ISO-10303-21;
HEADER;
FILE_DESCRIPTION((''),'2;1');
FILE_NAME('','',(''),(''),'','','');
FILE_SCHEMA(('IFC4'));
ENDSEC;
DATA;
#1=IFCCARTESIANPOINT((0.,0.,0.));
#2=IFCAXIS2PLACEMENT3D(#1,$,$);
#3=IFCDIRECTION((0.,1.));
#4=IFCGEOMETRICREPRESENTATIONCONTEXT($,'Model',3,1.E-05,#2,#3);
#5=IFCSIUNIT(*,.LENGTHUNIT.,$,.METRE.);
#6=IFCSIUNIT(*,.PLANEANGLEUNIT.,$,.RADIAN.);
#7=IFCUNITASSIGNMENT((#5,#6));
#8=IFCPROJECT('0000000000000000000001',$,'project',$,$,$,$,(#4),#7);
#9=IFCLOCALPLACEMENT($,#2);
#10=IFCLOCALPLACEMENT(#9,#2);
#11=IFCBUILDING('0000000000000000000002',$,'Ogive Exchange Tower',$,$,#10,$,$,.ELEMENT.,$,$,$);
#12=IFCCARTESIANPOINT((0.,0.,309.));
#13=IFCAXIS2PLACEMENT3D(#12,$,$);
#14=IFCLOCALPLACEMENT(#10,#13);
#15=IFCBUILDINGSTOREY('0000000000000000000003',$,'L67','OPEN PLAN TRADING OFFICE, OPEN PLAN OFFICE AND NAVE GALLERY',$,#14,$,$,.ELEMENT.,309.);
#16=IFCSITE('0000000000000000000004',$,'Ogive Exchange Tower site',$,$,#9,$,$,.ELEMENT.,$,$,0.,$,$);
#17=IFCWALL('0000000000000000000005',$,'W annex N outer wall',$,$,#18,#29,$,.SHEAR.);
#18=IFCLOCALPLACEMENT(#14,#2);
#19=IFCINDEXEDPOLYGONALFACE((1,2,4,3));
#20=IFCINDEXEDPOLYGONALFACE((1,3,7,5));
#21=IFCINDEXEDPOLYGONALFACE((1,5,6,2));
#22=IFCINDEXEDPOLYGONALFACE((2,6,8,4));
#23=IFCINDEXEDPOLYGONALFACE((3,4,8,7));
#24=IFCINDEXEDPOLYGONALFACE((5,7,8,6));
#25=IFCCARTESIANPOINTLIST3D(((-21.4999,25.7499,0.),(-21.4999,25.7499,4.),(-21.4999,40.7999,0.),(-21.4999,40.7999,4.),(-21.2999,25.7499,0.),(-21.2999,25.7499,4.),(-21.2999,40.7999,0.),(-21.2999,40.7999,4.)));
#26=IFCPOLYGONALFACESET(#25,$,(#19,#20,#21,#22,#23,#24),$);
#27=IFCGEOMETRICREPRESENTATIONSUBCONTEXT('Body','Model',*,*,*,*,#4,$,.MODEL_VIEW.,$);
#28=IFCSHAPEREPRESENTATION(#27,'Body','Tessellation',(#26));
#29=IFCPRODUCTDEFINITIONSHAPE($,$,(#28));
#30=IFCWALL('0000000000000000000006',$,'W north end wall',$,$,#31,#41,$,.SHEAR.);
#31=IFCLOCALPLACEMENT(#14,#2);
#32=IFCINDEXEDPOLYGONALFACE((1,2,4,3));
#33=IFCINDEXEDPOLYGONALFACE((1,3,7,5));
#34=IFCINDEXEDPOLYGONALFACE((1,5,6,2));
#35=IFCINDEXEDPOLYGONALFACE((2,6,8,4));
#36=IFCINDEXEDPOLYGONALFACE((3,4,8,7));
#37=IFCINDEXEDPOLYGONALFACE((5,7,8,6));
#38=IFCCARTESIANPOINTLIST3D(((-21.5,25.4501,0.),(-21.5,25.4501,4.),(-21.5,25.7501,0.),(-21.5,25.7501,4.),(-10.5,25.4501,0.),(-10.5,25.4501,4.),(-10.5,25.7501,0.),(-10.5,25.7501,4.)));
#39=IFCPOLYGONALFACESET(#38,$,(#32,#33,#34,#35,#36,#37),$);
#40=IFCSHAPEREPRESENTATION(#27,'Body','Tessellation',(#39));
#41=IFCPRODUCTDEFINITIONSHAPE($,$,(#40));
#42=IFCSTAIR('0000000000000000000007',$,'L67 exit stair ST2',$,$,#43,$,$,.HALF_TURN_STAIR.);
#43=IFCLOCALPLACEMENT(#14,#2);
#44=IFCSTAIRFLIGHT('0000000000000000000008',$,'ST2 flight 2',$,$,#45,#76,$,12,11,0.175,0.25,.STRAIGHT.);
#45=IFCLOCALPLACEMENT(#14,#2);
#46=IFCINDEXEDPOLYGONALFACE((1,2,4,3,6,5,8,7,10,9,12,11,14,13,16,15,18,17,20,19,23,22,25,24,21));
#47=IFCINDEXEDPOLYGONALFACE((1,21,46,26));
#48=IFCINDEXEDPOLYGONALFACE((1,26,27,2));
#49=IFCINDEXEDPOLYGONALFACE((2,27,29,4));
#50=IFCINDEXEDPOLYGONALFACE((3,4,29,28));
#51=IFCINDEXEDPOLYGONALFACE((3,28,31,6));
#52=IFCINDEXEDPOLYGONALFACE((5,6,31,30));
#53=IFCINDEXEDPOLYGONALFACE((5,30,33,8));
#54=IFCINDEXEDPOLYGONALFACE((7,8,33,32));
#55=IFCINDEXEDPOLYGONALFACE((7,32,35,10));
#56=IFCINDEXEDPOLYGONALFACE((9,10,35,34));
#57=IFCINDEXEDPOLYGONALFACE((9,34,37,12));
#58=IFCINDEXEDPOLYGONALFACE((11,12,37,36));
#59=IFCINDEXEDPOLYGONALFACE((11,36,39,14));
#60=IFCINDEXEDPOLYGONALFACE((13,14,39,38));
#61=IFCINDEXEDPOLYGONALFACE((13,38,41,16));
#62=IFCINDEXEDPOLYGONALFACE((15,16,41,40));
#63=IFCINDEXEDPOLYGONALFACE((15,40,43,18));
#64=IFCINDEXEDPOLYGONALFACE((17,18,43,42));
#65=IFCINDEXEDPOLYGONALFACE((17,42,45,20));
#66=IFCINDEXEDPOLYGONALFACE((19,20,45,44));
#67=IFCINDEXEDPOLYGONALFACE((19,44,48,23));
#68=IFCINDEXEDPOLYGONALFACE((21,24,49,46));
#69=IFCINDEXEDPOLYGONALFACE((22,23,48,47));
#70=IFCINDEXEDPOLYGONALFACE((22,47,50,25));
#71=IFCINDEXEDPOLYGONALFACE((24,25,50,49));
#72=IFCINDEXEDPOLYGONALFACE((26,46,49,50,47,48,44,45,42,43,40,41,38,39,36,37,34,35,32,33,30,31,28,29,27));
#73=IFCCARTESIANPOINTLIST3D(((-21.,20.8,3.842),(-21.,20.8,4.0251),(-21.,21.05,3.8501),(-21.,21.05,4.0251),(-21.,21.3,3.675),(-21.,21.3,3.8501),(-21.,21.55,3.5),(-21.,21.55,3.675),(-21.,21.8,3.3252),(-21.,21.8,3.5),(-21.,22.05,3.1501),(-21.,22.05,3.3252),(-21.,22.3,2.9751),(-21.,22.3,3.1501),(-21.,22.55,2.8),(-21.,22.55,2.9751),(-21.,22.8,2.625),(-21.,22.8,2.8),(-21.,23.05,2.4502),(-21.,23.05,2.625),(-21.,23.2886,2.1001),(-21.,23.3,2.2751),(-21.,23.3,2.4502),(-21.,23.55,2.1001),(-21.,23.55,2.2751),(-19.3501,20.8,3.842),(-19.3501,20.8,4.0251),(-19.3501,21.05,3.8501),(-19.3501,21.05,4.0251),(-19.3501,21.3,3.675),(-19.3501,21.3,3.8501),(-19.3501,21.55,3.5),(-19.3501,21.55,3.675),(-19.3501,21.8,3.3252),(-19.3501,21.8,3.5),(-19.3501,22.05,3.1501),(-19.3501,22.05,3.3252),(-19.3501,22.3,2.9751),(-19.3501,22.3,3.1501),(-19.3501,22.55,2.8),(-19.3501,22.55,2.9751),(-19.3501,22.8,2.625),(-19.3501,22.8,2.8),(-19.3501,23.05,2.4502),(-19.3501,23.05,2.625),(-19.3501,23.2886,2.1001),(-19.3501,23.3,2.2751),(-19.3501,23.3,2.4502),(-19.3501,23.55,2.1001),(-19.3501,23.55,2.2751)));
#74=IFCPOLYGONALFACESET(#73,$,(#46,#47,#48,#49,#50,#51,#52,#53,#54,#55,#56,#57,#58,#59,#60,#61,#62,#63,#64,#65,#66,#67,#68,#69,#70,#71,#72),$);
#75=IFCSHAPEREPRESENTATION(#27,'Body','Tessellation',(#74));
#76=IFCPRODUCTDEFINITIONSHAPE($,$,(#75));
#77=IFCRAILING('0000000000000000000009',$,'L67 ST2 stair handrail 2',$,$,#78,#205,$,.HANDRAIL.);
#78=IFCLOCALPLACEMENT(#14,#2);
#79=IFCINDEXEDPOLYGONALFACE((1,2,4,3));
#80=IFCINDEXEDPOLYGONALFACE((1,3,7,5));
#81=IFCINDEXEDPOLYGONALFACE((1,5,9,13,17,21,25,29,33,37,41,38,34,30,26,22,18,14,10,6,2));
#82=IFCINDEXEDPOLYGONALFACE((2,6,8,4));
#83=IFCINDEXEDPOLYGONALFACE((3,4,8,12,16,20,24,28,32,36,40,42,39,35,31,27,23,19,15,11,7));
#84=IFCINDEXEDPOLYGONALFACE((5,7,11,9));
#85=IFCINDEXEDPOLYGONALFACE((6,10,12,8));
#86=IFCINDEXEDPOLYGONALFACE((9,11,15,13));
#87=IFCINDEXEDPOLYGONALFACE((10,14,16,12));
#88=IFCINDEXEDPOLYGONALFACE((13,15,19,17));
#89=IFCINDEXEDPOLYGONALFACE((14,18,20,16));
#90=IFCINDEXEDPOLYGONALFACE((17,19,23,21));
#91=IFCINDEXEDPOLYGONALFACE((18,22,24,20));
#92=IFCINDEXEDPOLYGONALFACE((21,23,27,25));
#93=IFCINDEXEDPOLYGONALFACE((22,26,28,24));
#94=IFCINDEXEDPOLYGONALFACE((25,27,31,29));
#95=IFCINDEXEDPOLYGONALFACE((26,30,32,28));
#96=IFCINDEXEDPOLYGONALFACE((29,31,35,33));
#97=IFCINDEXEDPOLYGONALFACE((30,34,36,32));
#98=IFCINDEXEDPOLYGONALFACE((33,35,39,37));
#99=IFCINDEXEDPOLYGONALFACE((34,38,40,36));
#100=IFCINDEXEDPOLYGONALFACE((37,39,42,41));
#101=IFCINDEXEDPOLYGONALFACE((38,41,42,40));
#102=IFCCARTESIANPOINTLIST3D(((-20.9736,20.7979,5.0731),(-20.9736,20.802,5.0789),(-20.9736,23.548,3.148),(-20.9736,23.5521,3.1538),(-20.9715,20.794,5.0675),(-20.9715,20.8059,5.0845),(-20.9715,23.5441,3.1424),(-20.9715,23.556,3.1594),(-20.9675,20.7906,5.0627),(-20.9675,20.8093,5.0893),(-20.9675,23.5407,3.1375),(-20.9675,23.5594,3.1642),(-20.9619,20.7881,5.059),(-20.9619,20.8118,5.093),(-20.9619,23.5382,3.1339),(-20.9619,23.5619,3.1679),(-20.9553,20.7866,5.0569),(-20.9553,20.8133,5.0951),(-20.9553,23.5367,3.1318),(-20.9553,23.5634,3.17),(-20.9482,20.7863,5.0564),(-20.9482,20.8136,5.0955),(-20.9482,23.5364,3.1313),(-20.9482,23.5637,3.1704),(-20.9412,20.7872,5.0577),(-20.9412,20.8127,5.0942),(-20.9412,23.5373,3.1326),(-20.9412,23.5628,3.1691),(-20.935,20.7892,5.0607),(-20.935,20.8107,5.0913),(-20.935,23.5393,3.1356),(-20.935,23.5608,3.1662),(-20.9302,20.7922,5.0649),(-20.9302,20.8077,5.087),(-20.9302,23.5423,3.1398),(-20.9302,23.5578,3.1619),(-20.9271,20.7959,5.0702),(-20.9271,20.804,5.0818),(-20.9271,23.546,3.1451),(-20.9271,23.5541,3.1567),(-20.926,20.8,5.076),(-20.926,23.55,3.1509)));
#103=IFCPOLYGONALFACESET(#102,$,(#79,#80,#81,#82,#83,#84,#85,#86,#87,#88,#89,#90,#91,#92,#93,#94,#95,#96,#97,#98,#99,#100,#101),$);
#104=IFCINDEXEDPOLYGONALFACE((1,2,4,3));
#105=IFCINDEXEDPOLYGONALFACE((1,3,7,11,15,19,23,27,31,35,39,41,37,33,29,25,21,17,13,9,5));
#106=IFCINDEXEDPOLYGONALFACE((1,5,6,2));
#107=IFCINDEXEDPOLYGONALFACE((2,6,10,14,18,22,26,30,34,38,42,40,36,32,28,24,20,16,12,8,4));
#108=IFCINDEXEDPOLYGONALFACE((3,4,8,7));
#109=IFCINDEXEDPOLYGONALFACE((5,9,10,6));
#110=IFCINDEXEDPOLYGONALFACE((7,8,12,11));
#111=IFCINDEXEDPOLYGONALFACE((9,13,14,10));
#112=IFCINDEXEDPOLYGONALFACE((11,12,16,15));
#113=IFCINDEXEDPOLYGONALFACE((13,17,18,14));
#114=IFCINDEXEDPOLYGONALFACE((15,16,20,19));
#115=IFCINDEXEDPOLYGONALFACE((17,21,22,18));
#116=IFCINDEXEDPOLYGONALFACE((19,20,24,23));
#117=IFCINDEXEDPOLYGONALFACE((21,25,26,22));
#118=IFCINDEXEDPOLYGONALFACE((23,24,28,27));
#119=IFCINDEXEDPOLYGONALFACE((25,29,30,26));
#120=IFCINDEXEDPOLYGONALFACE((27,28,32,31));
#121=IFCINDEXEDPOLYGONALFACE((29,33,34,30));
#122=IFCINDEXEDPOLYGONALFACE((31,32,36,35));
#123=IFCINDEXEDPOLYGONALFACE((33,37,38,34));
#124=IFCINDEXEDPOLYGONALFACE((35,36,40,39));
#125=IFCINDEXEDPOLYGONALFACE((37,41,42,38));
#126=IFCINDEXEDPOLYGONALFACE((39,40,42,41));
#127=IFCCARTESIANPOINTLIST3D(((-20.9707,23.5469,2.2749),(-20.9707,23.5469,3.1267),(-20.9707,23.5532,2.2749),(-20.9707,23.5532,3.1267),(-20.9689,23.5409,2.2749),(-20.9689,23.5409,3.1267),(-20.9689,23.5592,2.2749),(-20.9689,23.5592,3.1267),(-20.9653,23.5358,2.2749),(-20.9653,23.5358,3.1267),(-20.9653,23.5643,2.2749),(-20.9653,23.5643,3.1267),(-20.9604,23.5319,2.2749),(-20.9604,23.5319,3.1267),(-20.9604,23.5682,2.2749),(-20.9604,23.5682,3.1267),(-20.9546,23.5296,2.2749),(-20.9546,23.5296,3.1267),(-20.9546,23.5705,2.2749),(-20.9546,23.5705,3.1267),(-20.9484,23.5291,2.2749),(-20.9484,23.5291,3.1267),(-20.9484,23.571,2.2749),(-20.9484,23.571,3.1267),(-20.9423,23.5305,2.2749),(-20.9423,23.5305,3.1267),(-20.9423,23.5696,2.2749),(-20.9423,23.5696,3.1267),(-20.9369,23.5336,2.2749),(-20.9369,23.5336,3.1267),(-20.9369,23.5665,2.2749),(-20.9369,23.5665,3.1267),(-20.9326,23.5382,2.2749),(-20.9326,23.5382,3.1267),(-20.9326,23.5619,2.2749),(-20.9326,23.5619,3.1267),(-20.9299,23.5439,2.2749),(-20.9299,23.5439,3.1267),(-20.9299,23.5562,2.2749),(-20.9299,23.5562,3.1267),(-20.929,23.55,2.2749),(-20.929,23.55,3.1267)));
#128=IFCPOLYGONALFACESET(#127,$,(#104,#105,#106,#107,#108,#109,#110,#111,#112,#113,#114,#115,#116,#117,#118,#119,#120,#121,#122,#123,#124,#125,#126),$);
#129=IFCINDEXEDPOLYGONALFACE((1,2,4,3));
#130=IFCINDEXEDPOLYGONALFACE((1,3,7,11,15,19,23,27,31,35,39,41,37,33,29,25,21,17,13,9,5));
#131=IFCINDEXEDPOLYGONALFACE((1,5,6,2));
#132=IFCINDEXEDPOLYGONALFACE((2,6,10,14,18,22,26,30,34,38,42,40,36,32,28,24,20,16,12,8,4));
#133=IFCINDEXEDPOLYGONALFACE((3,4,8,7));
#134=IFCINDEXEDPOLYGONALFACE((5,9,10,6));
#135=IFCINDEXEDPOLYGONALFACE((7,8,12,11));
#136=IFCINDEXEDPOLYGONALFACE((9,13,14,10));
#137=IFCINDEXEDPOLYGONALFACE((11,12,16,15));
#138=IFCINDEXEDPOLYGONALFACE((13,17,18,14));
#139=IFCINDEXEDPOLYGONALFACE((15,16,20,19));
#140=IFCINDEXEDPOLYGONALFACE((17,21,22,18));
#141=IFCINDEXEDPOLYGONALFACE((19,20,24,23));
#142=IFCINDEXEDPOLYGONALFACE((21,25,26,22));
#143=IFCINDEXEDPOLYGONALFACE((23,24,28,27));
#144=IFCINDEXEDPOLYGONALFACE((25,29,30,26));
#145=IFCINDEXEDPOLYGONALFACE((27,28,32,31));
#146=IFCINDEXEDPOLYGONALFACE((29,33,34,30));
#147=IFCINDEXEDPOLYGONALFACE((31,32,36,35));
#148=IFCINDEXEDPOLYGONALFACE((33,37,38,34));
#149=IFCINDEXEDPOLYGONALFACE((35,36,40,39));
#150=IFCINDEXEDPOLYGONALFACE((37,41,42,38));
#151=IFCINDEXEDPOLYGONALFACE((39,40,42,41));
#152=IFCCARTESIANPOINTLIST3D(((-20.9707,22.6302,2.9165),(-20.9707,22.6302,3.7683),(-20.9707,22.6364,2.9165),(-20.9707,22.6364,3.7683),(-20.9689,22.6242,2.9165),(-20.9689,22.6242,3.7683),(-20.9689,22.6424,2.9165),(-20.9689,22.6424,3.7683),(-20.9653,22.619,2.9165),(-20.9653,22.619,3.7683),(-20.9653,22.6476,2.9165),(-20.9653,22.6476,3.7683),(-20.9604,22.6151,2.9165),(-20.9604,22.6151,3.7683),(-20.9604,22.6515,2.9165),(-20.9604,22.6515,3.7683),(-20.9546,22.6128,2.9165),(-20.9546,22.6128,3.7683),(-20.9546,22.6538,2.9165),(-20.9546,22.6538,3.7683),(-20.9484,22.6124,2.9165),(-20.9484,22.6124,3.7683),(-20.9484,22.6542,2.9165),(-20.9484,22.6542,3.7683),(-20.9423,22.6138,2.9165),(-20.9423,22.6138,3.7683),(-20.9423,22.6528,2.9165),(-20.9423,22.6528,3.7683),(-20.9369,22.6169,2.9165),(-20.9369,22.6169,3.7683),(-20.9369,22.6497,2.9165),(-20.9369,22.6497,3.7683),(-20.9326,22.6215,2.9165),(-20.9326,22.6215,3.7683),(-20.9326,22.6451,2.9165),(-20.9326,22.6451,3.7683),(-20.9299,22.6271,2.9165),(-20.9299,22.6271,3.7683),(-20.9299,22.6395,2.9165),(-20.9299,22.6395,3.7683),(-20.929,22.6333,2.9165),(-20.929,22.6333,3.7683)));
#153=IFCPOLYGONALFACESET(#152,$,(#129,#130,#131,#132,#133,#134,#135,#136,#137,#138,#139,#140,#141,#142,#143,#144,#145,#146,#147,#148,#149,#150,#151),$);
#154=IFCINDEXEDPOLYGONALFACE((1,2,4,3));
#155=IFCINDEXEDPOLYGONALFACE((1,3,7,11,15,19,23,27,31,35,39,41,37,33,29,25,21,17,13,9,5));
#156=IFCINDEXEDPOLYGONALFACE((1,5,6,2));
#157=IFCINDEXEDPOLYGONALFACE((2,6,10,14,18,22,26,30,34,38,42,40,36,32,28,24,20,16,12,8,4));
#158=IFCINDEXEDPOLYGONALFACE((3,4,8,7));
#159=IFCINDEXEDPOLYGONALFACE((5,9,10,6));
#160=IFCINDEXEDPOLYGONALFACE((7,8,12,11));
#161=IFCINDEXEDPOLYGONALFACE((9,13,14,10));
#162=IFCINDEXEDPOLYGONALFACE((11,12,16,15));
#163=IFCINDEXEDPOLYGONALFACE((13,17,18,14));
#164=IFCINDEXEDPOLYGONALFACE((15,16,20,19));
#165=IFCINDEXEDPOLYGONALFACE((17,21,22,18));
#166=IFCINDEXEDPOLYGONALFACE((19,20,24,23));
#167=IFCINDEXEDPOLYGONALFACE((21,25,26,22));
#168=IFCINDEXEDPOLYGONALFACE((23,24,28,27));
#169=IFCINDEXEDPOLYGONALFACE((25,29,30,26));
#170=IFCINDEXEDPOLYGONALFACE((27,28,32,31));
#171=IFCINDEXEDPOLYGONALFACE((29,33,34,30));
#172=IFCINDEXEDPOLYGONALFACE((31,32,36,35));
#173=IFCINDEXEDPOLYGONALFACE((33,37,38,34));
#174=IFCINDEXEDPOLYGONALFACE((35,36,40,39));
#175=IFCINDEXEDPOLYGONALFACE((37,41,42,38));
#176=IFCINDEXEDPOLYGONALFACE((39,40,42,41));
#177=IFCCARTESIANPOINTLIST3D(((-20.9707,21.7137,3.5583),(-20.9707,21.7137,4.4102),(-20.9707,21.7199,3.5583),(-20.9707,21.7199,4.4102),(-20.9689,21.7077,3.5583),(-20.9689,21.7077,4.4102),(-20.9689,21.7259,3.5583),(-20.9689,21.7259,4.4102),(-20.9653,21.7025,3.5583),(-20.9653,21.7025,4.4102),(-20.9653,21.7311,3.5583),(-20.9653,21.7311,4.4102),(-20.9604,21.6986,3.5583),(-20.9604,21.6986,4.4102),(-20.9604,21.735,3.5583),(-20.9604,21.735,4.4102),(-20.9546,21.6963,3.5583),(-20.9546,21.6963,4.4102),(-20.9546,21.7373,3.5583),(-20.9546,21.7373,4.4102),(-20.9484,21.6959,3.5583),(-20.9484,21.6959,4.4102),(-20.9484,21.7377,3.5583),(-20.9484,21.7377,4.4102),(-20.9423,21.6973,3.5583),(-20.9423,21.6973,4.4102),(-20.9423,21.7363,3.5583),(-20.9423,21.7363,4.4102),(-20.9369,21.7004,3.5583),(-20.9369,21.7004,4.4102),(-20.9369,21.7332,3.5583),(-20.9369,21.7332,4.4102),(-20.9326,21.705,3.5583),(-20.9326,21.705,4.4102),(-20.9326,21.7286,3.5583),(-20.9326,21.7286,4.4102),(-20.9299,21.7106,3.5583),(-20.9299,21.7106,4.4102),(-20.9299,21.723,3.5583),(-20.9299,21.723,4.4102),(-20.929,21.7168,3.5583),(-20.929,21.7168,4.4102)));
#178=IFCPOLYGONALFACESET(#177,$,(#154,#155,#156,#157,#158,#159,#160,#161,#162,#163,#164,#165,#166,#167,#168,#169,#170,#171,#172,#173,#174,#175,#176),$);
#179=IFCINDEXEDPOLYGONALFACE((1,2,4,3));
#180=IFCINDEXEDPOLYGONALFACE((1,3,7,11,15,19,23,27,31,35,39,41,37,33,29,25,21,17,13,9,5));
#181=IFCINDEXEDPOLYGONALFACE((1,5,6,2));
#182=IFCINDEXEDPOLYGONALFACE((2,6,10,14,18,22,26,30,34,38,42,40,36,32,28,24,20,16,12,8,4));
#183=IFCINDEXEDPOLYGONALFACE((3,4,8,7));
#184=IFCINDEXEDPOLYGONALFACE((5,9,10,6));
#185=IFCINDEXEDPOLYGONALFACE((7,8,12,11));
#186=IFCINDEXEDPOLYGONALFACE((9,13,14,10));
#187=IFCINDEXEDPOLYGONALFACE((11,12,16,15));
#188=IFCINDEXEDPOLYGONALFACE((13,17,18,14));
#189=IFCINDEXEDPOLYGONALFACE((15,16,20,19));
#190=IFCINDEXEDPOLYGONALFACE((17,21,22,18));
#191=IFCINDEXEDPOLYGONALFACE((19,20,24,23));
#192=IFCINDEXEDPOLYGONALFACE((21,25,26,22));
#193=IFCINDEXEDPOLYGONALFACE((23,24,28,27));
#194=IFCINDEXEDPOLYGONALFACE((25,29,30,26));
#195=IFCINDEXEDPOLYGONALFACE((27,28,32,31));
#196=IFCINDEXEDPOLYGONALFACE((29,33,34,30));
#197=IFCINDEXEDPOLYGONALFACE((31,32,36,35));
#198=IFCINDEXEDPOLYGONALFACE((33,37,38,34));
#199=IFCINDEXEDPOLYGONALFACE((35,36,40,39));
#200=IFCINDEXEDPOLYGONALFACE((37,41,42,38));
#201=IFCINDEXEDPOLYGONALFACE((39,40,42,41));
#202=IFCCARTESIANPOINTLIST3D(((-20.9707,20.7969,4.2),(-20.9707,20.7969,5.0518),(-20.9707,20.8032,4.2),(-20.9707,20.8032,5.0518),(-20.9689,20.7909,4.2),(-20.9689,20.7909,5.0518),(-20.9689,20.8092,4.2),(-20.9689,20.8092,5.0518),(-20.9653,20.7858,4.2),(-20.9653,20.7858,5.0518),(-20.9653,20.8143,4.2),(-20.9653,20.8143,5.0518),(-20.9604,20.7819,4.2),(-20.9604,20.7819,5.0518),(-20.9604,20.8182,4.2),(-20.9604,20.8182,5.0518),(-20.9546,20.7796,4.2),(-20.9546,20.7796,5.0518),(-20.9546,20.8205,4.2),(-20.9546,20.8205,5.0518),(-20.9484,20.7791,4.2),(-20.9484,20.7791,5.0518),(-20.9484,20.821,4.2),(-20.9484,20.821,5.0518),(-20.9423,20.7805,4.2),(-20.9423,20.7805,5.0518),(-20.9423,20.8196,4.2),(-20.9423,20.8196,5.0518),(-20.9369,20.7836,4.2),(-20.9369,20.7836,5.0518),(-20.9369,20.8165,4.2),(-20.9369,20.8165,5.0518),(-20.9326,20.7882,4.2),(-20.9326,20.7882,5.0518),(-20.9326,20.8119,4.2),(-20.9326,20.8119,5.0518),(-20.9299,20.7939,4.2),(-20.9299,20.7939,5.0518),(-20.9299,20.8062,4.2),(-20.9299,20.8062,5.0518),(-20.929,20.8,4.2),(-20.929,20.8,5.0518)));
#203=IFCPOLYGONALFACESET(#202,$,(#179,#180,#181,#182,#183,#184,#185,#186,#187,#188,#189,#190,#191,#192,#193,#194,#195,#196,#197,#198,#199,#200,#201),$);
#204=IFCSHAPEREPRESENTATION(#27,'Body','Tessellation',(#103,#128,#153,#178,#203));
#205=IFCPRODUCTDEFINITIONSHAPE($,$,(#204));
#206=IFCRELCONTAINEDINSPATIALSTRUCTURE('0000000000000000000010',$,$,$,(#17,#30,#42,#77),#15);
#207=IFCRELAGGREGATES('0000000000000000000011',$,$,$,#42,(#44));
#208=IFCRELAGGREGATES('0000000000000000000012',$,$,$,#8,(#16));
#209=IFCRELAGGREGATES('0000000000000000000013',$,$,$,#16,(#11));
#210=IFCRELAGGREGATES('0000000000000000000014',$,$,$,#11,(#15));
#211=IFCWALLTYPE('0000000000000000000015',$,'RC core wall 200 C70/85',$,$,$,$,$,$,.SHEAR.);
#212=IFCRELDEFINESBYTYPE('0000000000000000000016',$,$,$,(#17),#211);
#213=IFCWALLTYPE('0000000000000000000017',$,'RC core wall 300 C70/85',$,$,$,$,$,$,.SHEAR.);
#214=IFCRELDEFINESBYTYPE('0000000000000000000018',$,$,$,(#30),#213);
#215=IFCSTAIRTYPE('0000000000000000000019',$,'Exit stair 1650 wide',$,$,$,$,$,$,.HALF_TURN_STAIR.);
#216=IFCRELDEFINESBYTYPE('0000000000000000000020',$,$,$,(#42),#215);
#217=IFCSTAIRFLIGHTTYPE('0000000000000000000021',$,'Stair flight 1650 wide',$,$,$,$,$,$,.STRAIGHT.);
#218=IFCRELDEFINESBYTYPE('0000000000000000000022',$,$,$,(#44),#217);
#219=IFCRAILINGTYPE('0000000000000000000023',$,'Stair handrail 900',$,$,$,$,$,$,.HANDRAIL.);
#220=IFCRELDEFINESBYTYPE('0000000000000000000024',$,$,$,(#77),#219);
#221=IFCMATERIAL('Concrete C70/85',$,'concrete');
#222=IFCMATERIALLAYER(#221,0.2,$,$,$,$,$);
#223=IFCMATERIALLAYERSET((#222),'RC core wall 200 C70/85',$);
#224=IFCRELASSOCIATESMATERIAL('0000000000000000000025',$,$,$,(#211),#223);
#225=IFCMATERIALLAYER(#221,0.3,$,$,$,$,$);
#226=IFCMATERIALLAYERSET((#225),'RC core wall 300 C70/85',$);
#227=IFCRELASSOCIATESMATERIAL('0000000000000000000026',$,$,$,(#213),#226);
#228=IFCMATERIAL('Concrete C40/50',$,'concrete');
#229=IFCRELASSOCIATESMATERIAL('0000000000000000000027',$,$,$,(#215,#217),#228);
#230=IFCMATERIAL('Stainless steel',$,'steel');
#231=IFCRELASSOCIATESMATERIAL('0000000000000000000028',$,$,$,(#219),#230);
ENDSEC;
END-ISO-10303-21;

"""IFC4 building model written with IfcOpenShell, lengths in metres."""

from ifc_helpers import new_model, si_unit, direction, frame, frame_2d, origin, origin_2d, place, context, subcontext, project, spatial, polyline, rectangle, circle, outline, extrude, material, layer, layer_set, type_object, element, aggregate, save


model = new_model("IFC4")

# Units and contexts
model_context = context("Model", 3, precision=1e-05, world=origin(), true_north=direction((0.0, 1.0)))
body_context = subcontext(model_context, "Body", "Model", "MODEL_VIEW")
ifc_project = project(units=[si_unit("LENGTHUNIT", "METRE"), si_unit("PLANEANGLEUNIT", "RADIAN")], contexts=[model_context])

# Site, building, storey
site_placement = place(None, origin())
site = spatial("IfcSite", under=ifc_project, at=site_placement, Name="Ogive Exchange Tower site", CompositionType="ELEMENT", RefElevation=0.0)
building_placement = place(site_placement, origin())
building = spatial("IfcBuilding", under=site, at=building_placement, Name="Ogive Exchange Tower", CompositionType="ELEMENT")
storey_placement = place(building_placement, frame((0.0, 0.0, 309.0)))
storey = spatial("IfcBuildingStorey", under=building, at=storey_placement, Name="L67", Description="OPEN PLAN TRADING OFFICE, OPEN PLAN OFFICE AND NAVE GALLERY", CompositionType="ELEMENT", Elevation=309.0)

# Walls
ifc_material_1 = material(Name="Concrete C70/85", Category="concrete")
ifc_layer_1 = layer(ifc_material_1, 0.2)
ifc_layer_set_1 = layer_set([ifc_layer_1], Name="RC core wall 200 C70/85")
wall_type_1 = type_object("IfcWallType", Name="RC core wall 200 C70/85", PredefinedType="SHEAR", material=ifc_layer_set_1)
wall_1_placement = place(storey_placement, frame((-21.3999, 25.75, 0.0), z_axis=(0.0, 0.0, 1.0), x_axis=(0.0, 1.0, 0.0)))
element("IfcWall", 1, at=wall_1_placement, inside=storey, type_object=wall_type_1, Name="W annex N outer wall", PredefinedType="SHEAR", context=body_context, shape_type="SweptSolid", body=[
    extrude(rectangle(XDim=15.05, YDim=0.2, at=frame_2d((7.5249, 0.0))), origin(), (0.0, 0.0, 1.0), 4.0),
])
ifc_layer_2 = layer(ifc_material_1, 0.3)
ifc_layer_set_2 = layer_set([ifc_layer_2], Name="RC core wall 300 C70/85")
wall_type_2 = type_object("IfcWallType", Name="RC core wall 300 C70/85", PredefinedType="SHEAR", material=ifc_layer_set_2)
wall_2_placement = place(storey_placement, frame((-21.5, 25.6001, 0.0), z_axis=(0.0, 0.0, 1.0), x_axis=(1.0, 0.0, 0.0)))
element("IfcWall", 2, at=wall_2_placement, inside=storey, type_object=wall_type_2, Name="W north end wall", PredefinedType="SHEAR", context=body_context, shape_type="SweptSolid", body=[
    extrude(rectangle(XDim=11.0, YDim=0.3, at=frame_2d((5.5, 0.0))), origin(), (0.0, 0.0, 1.0), 4.0),
])

# Stair, stair flight
ifc_material_2 = material(Name="Concrete C40/50", Category="concrete")
stair_type = type_object("IfcStairType", Name="Exit stair 1650 wide", PredefinedType="HALF_TURN_STAIR", material=ifc_material_2)
stair_placement = place(storey_placement, origin())
stair = element("IfcStair", 3, at=stair_placement, inside=storey, type_object=stair_type, Name="L67 exit stair ST2", PredefinedType="HALF_TURN_STAIR")
stair_flight_type = type_object("IfcStairFlightType", Name="Stair flight 1650 wide", PredefinedType="STRAIGHT", material=ifc_material_2)
stair_flight_placement = place(storey_placement, frame((-20.175, 23.55, 2.1001), z_axis=(0.0, 0.0, 1.0), x_axis=(0.0, -1.0, 0.0)))
stair_flight = element("IfcStairFlight", 4, at=stair_flight_placement, type_object=stair_flight_type, Name="ST2 flight 2", NumberOfRisers=12, NumberOfTreads=11, PredefinedType="STRAIGHT", RiserHeight=0.175, TreadLength=0.25, context=body_context, shape_type="SweptSolid", body=[
    extrude(outline(polyline([(0.0, 0.0), (0.0, 0.175), (0.25, 0.175), (0.25, 0.3501), (0.5, 0.3501), (0.5, 0.5249), (0.75, 0.5249), (0.75, 0.7), (1.0, 0.7), (1.0, 0.875), (1.25, 0.875), (1.25, 1.05), (1.5, 1.05), (1.5, 1.2251), (1.75, 1.2251), (1.75, 1.3999), (2.0, 1.3999), (2.0, 1.575), (2.25, 1.575), (2.25, 1.75), (2.5, 1.75), (2.5, 1.925), (2.75, 1.925), (2.75, 2.1001), (2.75, 1.7419), (0.2615, 0.0), (0.0, 0.0)])), frame((0.0, 0.825, 0.0), z_axis=(0.0, -1.0, 0.0), x_axis=(1.0, 0.0, 0.0)), (0.0, 0.0, 1.0), 1.6499),
])
aggregate(stair, [stair_flight])

# Railing
ifc_material_3 = material(Name="Stainless steel", Category="steel")
railing_type = type_object("IfcRailingType", Name="Stair handrail 900", PredefinedType="HANDRAIL", material=ifc_material_3)
railing_placement = place(storey_placement, frame((-20.95, 23.55, 2.2749)))
element("IfcRailing", 5, at=railing_placement, inside=storey, type_object=railing_type, Name="L67 ST2 stair handrail 2", PredefinedType="HANDRAIL", context=body_context, shape_type="SweptSolid", body=[
    extrude(circle(Radius=0.0239, at=origin_2d()), frame((0.0, 0.0, 0.876), z_axis=(0.0, -0.819225, 0.573472), x_axis=(1.0, 0.0, 0.0)), (0.0, 0.0, 1.0), 3.3569),
    extrude(circle(Radius=0.021, at=origin_2d()), origin(), (0.0, 0.0, 1.0), 0.8518),
    extrude(circle(Radius=0.021, at=origin_2d()), frame((0.0, -0.9167, 0.6416)), (0.0, 0.0, 1.0), 0.8518),
    extrude(circle(Radius=0.021, at=origin_2d()), frame((0.0, -1.8333, 1.2834)), (0.0, 0.0, 1.0), 0.8518),
    extrude(circle(Radius=0.021, at=origin_2d()), frame((0.0, -2.75, 1.925)), (0.0, 0.0, 1.0), 0.8518),
])

save(model, "model.ifc")
